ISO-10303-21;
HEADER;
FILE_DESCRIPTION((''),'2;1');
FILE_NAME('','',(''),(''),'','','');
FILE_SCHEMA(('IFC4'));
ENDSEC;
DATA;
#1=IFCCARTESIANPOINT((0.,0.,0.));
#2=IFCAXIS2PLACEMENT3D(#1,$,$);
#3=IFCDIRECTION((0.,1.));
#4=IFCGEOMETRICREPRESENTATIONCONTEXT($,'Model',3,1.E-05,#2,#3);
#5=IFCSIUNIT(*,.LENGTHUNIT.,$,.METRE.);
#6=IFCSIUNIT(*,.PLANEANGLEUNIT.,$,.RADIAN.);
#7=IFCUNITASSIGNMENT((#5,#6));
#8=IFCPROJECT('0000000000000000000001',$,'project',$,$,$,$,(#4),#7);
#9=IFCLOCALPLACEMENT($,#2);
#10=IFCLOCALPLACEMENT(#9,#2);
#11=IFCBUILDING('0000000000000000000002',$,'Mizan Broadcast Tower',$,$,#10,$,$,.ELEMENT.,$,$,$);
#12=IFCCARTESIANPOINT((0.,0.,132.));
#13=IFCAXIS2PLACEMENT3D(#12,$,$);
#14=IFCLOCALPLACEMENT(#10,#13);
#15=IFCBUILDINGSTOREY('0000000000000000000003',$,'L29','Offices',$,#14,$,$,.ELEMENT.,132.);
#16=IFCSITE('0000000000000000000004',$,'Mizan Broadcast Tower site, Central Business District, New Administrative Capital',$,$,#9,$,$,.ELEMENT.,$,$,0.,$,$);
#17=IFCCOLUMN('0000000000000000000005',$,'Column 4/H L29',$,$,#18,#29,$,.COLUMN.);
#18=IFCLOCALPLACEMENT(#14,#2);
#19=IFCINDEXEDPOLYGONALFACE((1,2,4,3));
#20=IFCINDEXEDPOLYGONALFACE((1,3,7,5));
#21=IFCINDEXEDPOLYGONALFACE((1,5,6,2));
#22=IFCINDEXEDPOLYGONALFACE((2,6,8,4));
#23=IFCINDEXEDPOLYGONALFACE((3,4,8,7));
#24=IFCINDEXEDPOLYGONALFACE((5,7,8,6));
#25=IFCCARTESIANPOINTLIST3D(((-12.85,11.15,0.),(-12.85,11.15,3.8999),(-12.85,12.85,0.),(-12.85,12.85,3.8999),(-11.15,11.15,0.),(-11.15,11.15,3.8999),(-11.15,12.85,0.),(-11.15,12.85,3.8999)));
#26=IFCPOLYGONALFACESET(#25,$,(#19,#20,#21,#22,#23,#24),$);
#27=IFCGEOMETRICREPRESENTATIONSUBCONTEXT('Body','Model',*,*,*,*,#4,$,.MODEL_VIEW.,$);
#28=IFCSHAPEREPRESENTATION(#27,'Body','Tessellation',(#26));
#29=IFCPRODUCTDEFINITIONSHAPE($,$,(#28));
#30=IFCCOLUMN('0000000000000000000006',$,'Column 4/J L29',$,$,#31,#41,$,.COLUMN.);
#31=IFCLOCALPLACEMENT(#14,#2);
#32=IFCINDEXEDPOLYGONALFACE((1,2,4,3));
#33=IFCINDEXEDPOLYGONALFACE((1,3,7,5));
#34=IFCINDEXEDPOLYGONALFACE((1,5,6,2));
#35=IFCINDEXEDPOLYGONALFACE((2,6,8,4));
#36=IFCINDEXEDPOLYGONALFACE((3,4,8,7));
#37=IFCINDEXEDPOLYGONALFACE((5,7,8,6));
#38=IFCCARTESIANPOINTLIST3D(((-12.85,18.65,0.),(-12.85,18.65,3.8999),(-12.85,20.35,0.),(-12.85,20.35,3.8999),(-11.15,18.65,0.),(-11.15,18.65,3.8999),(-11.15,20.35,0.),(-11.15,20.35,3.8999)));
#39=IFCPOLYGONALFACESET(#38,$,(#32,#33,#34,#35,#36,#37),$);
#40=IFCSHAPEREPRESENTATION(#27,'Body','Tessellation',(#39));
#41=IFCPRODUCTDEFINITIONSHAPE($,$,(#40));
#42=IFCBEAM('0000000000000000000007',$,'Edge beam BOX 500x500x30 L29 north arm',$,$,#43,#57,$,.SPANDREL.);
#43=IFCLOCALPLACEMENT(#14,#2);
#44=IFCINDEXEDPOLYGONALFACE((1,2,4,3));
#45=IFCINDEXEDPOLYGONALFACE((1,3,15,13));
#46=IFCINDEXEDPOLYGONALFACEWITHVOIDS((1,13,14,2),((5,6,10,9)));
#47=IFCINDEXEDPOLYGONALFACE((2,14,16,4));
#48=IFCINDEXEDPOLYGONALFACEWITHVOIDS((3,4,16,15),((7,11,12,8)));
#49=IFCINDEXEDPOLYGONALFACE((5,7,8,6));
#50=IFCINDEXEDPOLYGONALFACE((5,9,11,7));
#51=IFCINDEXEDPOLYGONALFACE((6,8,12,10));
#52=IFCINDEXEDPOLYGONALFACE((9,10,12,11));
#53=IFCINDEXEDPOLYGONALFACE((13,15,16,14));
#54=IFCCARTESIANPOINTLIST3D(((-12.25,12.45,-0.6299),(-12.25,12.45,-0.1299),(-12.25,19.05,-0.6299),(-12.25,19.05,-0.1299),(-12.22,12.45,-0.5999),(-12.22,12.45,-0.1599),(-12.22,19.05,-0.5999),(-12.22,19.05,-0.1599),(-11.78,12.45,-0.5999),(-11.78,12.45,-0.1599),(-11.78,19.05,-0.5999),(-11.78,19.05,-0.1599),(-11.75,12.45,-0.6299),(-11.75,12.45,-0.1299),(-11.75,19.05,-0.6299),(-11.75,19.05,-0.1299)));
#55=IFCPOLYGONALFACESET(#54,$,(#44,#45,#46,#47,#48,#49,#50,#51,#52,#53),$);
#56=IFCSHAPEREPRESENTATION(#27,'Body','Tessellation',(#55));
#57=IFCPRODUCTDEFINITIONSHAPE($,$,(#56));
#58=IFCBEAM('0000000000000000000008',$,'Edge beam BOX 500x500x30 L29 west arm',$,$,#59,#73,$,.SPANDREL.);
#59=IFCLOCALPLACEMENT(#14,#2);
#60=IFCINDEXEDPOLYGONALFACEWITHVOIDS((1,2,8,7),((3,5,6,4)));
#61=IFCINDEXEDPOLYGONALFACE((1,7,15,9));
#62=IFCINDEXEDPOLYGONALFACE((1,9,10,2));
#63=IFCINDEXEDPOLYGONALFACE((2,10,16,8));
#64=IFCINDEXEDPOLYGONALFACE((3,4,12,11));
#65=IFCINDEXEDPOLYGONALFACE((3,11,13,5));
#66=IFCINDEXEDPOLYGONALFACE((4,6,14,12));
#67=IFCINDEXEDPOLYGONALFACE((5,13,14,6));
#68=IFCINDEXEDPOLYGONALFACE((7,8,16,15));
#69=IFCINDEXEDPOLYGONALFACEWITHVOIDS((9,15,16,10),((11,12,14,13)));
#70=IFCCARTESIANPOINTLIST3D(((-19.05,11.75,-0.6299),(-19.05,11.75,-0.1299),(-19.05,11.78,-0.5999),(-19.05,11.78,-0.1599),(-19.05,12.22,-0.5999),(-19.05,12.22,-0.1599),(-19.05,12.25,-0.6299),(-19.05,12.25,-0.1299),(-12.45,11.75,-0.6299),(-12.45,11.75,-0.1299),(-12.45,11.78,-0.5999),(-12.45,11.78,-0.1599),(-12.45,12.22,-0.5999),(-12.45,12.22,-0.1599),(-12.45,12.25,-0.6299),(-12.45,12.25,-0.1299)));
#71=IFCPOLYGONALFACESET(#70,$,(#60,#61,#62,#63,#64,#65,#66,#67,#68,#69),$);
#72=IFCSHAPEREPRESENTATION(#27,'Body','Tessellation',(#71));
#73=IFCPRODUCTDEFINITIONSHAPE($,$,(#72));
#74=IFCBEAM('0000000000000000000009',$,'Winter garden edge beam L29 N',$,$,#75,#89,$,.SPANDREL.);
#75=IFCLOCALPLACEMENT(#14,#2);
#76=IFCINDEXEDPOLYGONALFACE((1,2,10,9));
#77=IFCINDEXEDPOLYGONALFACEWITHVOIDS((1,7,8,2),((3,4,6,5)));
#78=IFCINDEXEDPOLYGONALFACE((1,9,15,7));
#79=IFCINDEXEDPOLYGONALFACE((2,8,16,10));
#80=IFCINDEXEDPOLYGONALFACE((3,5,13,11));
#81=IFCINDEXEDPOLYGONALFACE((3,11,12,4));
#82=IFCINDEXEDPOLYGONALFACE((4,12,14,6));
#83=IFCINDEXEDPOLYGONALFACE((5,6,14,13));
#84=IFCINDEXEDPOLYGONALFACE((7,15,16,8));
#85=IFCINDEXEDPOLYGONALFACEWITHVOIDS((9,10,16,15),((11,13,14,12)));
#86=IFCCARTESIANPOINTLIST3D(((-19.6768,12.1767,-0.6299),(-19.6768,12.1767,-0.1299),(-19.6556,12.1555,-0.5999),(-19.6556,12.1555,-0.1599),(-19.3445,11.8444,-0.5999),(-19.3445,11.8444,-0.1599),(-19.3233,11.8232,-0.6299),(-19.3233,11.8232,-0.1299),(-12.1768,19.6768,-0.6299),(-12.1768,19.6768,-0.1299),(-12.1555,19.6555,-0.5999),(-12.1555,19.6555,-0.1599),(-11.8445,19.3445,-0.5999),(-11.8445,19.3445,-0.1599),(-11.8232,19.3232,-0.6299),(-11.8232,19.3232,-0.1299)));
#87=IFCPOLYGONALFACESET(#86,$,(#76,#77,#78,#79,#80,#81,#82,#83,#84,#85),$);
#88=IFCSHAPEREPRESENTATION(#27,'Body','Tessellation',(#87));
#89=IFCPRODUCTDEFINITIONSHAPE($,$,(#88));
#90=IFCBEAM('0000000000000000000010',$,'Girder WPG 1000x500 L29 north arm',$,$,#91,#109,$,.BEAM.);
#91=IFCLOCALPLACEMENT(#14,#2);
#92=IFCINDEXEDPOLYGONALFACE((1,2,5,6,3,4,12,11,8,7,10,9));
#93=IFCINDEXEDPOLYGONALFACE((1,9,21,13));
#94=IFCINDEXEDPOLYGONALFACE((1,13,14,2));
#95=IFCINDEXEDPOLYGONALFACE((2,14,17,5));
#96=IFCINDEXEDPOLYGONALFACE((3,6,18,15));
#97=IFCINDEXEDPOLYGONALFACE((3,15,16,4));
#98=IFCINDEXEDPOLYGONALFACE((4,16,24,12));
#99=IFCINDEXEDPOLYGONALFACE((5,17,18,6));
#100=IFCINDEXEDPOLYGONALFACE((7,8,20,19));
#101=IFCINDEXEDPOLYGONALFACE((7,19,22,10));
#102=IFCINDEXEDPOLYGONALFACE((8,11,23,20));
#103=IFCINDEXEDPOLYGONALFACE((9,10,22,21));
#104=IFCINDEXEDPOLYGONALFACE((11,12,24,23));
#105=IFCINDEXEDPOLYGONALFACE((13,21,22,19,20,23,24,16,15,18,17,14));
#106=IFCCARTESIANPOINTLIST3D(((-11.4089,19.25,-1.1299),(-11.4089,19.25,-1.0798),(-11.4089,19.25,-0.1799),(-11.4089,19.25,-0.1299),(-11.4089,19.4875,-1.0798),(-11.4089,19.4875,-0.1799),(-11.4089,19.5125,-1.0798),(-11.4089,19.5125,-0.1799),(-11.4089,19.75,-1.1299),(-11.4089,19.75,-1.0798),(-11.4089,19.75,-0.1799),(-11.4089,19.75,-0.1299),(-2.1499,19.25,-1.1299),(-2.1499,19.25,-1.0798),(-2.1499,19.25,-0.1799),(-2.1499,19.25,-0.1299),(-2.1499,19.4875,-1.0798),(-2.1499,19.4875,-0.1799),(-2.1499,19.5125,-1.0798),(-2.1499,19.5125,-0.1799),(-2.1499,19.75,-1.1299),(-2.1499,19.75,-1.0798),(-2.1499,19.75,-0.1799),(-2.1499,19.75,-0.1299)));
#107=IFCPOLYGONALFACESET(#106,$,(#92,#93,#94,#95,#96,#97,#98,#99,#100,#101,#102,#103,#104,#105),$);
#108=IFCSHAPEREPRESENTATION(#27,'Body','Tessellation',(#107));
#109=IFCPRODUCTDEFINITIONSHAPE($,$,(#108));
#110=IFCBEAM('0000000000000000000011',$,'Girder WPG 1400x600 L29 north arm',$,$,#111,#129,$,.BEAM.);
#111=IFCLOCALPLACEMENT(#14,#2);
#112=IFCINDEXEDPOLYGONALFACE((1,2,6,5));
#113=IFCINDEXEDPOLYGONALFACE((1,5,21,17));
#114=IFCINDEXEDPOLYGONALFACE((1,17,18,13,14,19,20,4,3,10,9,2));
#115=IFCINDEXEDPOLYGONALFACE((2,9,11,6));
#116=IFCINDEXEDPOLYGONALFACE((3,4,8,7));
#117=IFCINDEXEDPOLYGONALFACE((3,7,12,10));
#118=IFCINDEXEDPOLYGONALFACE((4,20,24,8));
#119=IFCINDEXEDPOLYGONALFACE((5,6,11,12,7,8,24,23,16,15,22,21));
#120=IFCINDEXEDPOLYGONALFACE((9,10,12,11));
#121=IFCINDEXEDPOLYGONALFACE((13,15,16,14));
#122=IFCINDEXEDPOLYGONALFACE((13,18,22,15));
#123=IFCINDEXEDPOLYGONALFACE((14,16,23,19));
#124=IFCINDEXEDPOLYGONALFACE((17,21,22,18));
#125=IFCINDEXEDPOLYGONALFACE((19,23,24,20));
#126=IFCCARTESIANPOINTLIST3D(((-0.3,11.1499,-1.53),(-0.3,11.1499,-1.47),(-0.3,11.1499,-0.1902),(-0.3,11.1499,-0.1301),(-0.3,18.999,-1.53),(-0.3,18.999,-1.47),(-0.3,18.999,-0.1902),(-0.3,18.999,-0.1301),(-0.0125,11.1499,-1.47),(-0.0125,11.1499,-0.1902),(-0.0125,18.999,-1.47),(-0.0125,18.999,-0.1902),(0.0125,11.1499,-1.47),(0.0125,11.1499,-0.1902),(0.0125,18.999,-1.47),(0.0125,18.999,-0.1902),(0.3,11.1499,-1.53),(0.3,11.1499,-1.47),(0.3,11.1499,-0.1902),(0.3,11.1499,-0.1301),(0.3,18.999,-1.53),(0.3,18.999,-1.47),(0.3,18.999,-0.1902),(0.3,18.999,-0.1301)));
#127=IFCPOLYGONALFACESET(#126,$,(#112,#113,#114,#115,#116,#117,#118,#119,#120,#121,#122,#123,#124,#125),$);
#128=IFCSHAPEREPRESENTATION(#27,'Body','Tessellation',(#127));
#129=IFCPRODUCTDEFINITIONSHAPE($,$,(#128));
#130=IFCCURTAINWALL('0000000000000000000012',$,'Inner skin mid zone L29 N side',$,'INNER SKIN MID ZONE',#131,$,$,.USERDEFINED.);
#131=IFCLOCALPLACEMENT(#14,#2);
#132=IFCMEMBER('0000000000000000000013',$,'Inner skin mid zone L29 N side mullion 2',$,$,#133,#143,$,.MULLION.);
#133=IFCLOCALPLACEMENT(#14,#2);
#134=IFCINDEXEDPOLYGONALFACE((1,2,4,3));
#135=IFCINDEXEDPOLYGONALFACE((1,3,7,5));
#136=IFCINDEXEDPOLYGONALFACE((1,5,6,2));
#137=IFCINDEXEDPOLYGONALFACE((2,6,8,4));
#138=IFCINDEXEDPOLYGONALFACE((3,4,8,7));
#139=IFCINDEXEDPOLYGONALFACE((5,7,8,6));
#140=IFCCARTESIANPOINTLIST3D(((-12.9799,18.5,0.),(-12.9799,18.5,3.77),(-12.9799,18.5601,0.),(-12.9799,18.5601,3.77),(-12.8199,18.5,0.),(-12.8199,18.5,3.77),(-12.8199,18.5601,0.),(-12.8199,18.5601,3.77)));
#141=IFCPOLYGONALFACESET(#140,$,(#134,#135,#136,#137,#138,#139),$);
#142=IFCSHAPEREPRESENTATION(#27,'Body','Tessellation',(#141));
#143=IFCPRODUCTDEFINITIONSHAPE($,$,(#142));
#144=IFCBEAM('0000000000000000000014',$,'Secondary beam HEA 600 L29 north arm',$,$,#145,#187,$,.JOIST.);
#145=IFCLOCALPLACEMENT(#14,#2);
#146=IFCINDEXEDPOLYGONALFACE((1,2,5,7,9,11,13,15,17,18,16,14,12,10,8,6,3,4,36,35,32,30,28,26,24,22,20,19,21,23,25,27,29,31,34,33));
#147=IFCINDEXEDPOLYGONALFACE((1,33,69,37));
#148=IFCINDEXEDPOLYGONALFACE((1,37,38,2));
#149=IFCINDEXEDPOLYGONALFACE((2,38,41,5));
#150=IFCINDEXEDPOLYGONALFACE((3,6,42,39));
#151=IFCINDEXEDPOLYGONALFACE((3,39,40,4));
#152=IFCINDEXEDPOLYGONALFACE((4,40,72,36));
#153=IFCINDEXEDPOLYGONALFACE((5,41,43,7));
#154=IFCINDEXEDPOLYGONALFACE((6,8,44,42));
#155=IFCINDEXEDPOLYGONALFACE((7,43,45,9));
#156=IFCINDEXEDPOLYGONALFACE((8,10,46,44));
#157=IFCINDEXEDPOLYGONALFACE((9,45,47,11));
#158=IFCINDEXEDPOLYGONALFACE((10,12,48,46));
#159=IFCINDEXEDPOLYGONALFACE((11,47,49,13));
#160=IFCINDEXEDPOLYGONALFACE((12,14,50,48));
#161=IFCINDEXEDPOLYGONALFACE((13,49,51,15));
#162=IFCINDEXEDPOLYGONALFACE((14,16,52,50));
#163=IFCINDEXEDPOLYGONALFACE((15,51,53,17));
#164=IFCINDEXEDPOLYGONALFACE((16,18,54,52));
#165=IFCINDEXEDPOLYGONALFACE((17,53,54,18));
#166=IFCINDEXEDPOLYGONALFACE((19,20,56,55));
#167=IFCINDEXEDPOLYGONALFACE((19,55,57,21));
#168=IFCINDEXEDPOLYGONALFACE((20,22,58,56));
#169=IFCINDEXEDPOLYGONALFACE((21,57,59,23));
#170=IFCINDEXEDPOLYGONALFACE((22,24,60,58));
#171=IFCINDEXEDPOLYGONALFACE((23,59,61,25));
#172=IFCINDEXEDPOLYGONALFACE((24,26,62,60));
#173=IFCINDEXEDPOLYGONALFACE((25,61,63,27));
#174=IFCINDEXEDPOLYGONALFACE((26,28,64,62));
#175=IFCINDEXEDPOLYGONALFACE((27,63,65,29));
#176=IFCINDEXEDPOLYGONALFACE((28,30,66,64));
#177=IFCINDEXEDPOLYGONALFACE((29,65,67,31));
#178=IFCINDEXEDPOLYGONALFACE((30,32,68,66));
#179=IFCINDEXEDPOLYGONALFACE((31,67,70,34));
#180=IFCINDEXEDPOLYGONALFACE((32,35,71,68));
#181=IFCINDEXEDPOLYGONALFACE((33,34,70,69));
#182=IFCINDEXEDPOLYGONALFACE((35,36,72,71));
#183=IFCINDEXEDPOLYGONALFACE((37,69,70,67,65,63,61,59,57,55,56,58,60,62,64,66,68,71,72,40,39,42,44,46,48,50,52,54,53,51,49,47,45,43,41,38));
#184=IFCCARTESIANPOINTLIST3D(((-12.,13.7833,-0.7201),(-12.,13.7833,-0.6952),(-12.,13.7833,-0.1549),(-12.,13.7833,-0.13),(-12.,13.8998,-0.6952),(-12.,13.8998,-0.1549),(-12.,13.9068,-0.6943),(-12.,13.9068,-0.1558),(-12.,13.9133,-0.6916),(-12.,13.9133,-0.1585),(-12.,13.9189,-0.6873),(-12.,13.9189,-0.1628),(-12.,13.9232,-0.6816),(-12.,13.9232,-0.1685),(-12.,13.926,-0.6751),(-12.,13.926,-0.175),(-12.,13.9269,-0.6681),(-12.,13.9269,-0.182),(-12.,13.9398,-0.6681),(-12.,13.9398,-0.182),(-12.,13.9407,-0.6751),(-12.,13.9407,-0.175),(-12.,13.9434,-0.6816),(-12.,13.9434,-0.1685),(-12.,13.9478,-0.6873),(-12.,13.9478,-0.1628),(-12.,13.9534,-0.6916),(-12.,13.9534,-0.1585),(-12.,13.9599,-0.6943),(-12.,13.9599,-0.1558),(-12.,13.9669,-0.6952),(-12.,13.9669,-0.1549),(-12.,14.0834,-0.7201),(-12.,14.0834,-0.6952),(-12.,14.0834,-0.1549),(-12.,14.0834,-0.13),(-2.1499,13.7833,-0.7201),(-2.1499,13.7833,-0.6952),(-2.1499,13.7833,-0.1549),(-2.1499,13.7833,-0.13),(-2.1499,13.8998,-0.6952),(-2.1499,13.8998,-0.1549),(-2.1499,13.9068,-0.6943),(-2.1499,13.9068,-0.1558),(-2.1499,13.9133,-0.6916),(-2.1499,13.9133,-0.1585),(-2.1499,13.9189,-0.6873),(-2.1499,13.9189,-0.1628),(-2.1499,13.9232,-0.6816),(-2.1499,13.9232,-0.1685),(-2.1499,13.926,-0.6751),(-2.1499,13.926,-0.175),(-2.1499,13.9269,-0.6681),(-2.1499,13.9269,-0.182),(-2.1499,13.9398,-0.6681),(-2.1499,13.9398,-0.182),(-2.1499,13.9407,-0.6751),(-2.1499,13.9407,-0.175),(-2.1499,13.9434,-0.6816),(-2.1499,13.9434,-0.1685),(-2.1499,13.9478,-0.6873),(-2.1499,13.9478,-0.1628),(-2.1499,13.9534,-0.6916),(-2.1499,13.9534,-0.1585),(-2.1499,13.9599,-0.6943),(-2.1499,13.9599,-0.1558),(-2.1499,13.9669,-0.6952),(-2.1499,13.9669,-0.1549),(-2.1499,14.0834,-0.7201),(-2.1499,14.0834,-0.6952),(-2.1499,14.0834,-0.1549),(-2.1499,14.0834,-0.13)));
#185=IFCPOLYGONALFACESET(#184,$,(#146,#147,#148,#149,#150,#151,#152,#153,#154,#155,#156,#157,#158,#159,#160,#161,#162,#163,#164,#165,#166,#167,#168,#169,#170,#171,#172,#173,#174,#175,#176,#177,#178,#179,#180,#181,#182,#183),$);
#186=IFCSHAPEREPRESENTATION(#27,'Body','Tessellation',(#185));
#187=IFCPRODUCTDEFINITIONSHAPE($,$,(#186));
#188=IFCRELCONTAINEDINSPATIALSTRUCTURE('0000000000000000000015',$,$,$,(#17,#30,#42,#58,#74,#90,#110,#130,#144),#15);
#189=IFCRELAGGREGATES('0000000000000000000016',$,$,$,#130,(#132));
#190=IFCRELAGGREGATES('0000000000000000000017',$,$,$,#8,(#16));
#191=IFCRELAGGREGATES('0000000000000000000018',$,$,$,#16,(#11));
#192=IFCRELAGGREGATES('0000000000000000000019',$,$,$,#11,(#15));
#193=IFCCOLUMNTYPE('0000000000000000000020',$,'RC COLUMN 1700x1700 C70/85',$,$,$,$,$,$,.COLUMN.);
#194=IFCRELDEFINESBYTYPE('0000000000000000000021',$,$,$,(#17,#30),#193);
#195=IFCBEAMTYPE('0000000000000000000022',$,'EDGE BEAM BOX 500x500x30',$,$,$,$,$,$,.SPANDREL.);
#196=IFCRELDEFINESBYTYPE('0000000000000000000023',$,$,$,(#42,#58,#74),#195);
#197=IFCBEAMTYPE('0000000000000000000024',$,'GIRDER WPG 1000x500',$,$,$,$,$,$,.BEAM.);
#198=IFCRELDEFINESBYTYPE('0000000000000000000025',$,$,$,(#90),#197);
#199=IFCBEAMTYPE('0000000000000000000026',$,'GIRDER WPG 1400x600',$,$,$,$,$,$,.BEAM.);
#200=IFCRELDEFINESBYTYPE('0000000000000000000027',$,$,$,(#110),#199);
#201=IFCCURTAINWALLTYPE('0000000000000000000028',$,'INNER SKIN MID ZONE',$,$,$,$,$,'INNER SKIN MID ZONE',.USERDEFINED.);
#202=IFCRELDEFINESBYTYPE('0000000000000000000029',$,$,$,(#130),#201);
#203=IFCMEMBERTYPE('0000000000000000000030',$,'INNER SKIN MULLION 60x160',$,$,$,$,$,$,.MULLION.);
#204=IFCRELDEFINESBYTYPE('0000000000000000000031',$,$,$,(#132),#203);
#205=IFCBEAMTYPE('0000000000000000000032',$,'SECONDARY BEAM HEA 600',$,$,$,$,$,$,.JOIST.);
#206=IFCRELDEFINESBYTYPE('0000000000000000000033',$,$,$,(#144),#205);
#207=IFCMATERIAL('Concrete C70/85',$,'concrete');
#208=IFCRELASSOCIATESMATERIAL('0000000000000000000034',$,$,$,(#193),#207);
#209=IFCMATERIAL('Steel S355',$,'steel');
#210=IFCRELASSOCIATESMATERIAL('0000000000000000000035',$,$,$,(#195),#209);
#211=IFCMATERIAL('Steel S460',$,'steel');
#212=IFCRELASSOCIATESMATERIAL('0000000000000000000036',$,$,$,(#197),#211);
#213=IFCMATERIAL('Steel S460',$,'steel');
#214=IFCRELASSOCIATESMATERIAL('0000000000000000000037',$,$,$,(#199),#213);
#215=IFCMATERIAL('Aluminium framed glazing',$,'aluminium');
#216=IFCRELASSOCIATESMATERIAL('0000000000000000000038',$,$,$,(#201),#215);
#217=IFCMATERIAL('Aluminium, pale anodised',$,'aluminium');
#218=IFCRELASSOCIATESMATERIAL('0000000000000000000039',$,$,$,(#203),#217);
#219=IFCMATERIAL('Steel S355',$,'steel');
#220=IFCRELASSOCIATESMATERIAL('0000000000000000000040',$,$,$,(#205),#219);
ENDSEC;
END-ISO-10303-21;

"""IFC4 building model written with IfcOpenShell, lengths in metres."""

from ifc_helpers import new_model, si_unit, direction, frame, origin, origin_2d, place, context, subcontext, project, spatial, rectangle, hollow_rectangle, i_section, extrude, material, material_profile, profile_set, type_object, element, aggregate, save


model = new_model("IFC4")

# Units and contexts
model_context = context("Model", 3, precision=1e-05, world=origin(), true_north=direction((0.0, 1.0)))
body_context = subcontext(model_context, "Body", "Model", "MODEL_VIEW")
ifc_project = project(units=[si_unit("LENGTHUNIT", "METRE"), si_unit("PLANEANGLEUNIT", "RADIAN")], contexts=[model_context])

# Site, building, storey
site_placement = place(None, origin())
site = spatial("IfcSite", under=ifc_project, at=site_placement, Name="Mizan Broadcast Tower site, Central Business District, New Administrative Capital", CompositionType="ELEMENT", RefElevation=0.0)
building_placement = place(site_placement, origin())
building = spatial("IfcBuilding", under=site, at=building_placement, Name="Mizan Broadcast Tower", CompositionType="ELEMENT")
storey_placement = place(building_placement, frame((0.0, 0.0, 132.0)))
storey = spatial("IfcBuildingStorey", under=building, at=storey_placement, Name="L29", Description="Offices", CompositionType="ELEMENT", Elevation=132.0)

# Columns
ifc_material_1 = material(Name="Concrete C70/85", Category="concrete")
ifc_material_profile_1 = material_profile(ifc_material_1, rectangle(XDim=1.7, YDim=1.7, at=origin_2d()), Name="RC 1700x1700")
ifc_profile_set_1 = profile_set([ifc_material_profile_1], Name="Concrete C70/85")
column_type = type_object("IfcColumnType", Name="RC COLUMN 1700x1700 C70/85", PredefinedType="COLUMN", material=ifc_profile_set_1)
for number, where, z_axis, x_axis, name in (
    (1, (-12.0, 12.0, 0.0), (0.0, 0.0, 1.0), (1.0, 0.0, 0.0), "Column 4/H L29"),
    (2, (-12.0, 19.5, 0.0), (0.0, 0.0, 1.0), (1.0, 0.0, 0.0), "Column 4/J L29"),
):
    element("IfcColumn", number, at=place(storey_placement, frame(where, z_axis=z_axis, x_axis=x_axis)), inside=storey, type_object=column_type, Name=name, PredefinedType="COLUMN", context=body_context, shape_type="SweptSolid", body=[
        extrude(rectangle(XDim=1.7, YDim=1.7, at=origin_2d()), origin(), (0.0, 0.0, 1.0), 3.8999),
    ])

# Beams
ifc_material_2 = material(Name="Steel S355", Category="steel")
ifc_material_profile_2 = material_profile(ifc_material_2, hollow_rectangle(XDim=0.5, YDim=0.5, WallThickness=0.03, at=origin_2d()), Name="BOX 500x500x30")
ifc_profile_set_2 = profile_set([ifc_material_profile_2], Name="Steel S355")
beam_type_1 = type_object("IfcBeamType", Name="EDGE BEAM BOX 500x500x30", PredefinedType="SPANDREL", material=ifc_profile_set_2)
for number, where, z_axis, x_axis, name in (
    (3, (-12.0, 12.45, -0.3799), (0.0, 1.0, 0.0), (-1.0, 0.0, 0.0), "Edge beam BOX 500x500x30 L29 north arm"),
    (4, (-12.45, 12.0, -0.3799), (-1.0, 0.0, 0.0), (0.0, -1.0, 0.0), "Edge beam BOX 500x500x30 L29 west arm"),
):
    element("IfcBeam", number, at=place(storey_placement, frame(where, z_axis=z_axis, x_axis=x_axis)), inside=storey, type_object=beam_type_1, Name=name, PredefinedType="SPANDREL", context=body_context, shape_type="SweptSolid", body=[
        extrude(hollow_rectangle(XDim=0.5, YDim=0.5, WallThickness=0.03, at=origin_2d()), origin(), (0.0, 0.0, 1.0), 6.6001),
    ])
beam_1_placement = place(storey_placement, frame((-12.0, 19.5, -0.3799), z_axis=(-0.707107, -0.707107, 0.0), x_axis=(0.707107, -0.707107, 0.0)))
element("IfcBeam", 5, at=beam_1_placement, inside=storey, type_object=beam_type_1, Name="Winter garden edge beam L29 N", PredefinedType="SPANDREL", context=body_context, shape_type="SweptSolid", body=[
    extrude(hollow_rectangle(XDim=0.5, YDim=0.5, WallThickness=0.03, at=origin_2d()), origin(), (0.0, 0.0, 1.0), 10.6067),
])
ifc_material_3 = material(Name="Steel S460", Category="steel")
ifc_material_profile_3 = material_profile(ifc_material_3, i_section(OverallWidth=0.5, OverallDepth=1.0, WebThickness=0.0249, FlangeThickness=0.05, at=origin_2d()), Name="WPG 1000x500")
ifc_profile_set_3 = profile_set([ifc_material_profile_3], Name="Steel S460")
beam_type_2 = type_object("IfcBeamType", Name="GIRDER WPG 1000x500", PredefinedType="BEAM", material=ifc_profile_set_3)
beam_2_placement = place(storey_placement, frame((-11.4089, 19.5, -0.6299), z_axis=(1.0, 0.0, 0.0), x_axis=(0.0, 1.0, 0.0)))
element("IfcBeam", 6, at=beam_2_placement, inside=storey, type_object=beam_type_2, Name="Girder WPG 1000x500 L29 north arm", PredefinedType="BEAM", context=body_context, shape_type="SweptSolid", body=[
    extrude(i_section(OverallWidth=0.5, OverallDepth=1.0, WebThickness=0.0249, FlangeThickness=0.05, at=origin_2d()), origin(), (0.0, 0.0, 1.0), 9.259),
])
ifc_material_4 = material(Name="Steel S460", Category="steel")
ifc_material_profile_4 = material_profile(ifc_material_4, i_section(OverallWidth=0.6001, OverallDepth=1.3999, WebThickness=0.0249, FlangeThickness=0.0601, at=origin_2d()), Name="WPG 1400x600")
ifc_profile_set_4 = profile_set([ifc_material_profile_4], Name="Steel S460")
beam_type_3 = type_object("IfcBeamType", Name="GIRDER WPG 1400x600", PredefinedType="BEAM", material=ifc_profile_set_4)
beam_3_placement = place(storey_placement, frame((0.0, 11.1499, -0.8301), z_axis=(0.0, 1.0, 0.0), x_axis=(-1.0, 0.0, 0.0)))
element("IfcBeam", 7, at=beam_3_placement, inside=storey, type_object=beam_type_3, Name="Girder WPG 1400x600 L29 north arm", PredefinedType="BEAM", context=body_context, shape_type="SweptSolid", body=[
    extrude(i_section(OverallWidth=0.6001, OverallDepth=1.3999, WebThickness=0.0249, FlangeThickness=0.0601, at=origin_2d()), origin(), (0.0, 0.0, 1.0), 7.8491),
])

# Curtain wall, member
ifc_material_5 = material(Name="Aluminium framed glazing", Category="aluminium")
curtain_wall_type = type_object("IfcCurtainWallType", Name="INNER SKIN MID ZONE", ElementType="INNER SKIN MID ZONE", PredefinedType="USERDEFINED", material=ifc_material_5)
curtain_wall_placement = place(storey_placement, origin())
curtain_wall = element("IfcCurtainWall", 8, at=curtain_wall_placement, inside=storey, type_object=curtain_wall_type, Name="Inner skin mid zone L29 N side", ObjectType="INNER SKIN MID ZONE", PredefinedType="USERDEFINED")
ifc_material_6 = material(Name="Aluminium, pale anodised", Category="aluminium")
ifc_material_profile_5 = material_profile(ifc_material_6, rectangle(XDim=0.1599, YDim=0.0601, at=origin_2d()), Name="MULLION 160x60")
ifc_profile_set_5 = profile_set([ifc_material_profile_5], Name="Aluminium, pale anodised")
member_type = type_object("IfcMemberType", Name="INNER SKIN MULLION 60x160", PredefinedType="MULLION", material=ifc_profile_set_5)
member_placement = place(storey_placement, frame((-12.8999, 18.53, 0.0), z_axis=(0.0, 0.0, 1.0), x_axis=(1.0, 0.0, 0.0)))
member = element("IfcMember", 9, at=member_placement, type_object=member_type, Name="Inner skin mid zone L29 N side mullion 2", PredefinedType="MULLION", context=body_context, shape_type="SweptSolid", body=[
    extrude(rectangle(XDim=0.1599, YDim=0.0601, at=origin_2d()), origin(), (0.0, 0.0, 1.0), 3.77),
])
aggregate(curtain_wall, [member])

# Beam
ifc_material_7 = material(Name="Steel S355", Category="steel")
ifc_material_profile_6 = material_profile(ifc_material_7, i_section(OverallWidth=0.3, OverallDepth=0.5901, WebThickness=0.0129, FlangeThickness=0.0249, FilletRadius=0.0271, at=origin_2d()), Name="HEA 600")
ifc_profile_set_6 = profile_set([ifc_material_profile_6], Name="Steel S355")
beam_type_4 = type_object("IfcBeamType", Name="SECONDARY BEAM HEA 600", PredefinedType="JOIST", material=ifc_profile_set_6)
for number, where, z_axis, x_axis, name in (
    (10, (-12.0, 13.9333, -0.425), (1.0, 0.0, 0.0), (0.0, 1.0, 0.0), "Secondary beam HEA 600 L29 north arm"),
):
    element("IfcBeam", number, at=place(storey_placement, frame(where, z_axis=z_axis, x_axis=x_axis)), inside=storey, type_object=beam_type_4, Name=name, PredefinedType="JOIST", context=body_context, shape_type="SweptSolid", body=[
        extrude(i_section(OverallWidth=0.3, OverallDepth=0.5901, WebThickness=0.0129, FlangeThickness=0.0249, FilletRadius=0.0271, at=origin_2d()), origin(), (0.0, 0.0, 1.0), 9.8501),
    ])

save(model, "model.ifc")
